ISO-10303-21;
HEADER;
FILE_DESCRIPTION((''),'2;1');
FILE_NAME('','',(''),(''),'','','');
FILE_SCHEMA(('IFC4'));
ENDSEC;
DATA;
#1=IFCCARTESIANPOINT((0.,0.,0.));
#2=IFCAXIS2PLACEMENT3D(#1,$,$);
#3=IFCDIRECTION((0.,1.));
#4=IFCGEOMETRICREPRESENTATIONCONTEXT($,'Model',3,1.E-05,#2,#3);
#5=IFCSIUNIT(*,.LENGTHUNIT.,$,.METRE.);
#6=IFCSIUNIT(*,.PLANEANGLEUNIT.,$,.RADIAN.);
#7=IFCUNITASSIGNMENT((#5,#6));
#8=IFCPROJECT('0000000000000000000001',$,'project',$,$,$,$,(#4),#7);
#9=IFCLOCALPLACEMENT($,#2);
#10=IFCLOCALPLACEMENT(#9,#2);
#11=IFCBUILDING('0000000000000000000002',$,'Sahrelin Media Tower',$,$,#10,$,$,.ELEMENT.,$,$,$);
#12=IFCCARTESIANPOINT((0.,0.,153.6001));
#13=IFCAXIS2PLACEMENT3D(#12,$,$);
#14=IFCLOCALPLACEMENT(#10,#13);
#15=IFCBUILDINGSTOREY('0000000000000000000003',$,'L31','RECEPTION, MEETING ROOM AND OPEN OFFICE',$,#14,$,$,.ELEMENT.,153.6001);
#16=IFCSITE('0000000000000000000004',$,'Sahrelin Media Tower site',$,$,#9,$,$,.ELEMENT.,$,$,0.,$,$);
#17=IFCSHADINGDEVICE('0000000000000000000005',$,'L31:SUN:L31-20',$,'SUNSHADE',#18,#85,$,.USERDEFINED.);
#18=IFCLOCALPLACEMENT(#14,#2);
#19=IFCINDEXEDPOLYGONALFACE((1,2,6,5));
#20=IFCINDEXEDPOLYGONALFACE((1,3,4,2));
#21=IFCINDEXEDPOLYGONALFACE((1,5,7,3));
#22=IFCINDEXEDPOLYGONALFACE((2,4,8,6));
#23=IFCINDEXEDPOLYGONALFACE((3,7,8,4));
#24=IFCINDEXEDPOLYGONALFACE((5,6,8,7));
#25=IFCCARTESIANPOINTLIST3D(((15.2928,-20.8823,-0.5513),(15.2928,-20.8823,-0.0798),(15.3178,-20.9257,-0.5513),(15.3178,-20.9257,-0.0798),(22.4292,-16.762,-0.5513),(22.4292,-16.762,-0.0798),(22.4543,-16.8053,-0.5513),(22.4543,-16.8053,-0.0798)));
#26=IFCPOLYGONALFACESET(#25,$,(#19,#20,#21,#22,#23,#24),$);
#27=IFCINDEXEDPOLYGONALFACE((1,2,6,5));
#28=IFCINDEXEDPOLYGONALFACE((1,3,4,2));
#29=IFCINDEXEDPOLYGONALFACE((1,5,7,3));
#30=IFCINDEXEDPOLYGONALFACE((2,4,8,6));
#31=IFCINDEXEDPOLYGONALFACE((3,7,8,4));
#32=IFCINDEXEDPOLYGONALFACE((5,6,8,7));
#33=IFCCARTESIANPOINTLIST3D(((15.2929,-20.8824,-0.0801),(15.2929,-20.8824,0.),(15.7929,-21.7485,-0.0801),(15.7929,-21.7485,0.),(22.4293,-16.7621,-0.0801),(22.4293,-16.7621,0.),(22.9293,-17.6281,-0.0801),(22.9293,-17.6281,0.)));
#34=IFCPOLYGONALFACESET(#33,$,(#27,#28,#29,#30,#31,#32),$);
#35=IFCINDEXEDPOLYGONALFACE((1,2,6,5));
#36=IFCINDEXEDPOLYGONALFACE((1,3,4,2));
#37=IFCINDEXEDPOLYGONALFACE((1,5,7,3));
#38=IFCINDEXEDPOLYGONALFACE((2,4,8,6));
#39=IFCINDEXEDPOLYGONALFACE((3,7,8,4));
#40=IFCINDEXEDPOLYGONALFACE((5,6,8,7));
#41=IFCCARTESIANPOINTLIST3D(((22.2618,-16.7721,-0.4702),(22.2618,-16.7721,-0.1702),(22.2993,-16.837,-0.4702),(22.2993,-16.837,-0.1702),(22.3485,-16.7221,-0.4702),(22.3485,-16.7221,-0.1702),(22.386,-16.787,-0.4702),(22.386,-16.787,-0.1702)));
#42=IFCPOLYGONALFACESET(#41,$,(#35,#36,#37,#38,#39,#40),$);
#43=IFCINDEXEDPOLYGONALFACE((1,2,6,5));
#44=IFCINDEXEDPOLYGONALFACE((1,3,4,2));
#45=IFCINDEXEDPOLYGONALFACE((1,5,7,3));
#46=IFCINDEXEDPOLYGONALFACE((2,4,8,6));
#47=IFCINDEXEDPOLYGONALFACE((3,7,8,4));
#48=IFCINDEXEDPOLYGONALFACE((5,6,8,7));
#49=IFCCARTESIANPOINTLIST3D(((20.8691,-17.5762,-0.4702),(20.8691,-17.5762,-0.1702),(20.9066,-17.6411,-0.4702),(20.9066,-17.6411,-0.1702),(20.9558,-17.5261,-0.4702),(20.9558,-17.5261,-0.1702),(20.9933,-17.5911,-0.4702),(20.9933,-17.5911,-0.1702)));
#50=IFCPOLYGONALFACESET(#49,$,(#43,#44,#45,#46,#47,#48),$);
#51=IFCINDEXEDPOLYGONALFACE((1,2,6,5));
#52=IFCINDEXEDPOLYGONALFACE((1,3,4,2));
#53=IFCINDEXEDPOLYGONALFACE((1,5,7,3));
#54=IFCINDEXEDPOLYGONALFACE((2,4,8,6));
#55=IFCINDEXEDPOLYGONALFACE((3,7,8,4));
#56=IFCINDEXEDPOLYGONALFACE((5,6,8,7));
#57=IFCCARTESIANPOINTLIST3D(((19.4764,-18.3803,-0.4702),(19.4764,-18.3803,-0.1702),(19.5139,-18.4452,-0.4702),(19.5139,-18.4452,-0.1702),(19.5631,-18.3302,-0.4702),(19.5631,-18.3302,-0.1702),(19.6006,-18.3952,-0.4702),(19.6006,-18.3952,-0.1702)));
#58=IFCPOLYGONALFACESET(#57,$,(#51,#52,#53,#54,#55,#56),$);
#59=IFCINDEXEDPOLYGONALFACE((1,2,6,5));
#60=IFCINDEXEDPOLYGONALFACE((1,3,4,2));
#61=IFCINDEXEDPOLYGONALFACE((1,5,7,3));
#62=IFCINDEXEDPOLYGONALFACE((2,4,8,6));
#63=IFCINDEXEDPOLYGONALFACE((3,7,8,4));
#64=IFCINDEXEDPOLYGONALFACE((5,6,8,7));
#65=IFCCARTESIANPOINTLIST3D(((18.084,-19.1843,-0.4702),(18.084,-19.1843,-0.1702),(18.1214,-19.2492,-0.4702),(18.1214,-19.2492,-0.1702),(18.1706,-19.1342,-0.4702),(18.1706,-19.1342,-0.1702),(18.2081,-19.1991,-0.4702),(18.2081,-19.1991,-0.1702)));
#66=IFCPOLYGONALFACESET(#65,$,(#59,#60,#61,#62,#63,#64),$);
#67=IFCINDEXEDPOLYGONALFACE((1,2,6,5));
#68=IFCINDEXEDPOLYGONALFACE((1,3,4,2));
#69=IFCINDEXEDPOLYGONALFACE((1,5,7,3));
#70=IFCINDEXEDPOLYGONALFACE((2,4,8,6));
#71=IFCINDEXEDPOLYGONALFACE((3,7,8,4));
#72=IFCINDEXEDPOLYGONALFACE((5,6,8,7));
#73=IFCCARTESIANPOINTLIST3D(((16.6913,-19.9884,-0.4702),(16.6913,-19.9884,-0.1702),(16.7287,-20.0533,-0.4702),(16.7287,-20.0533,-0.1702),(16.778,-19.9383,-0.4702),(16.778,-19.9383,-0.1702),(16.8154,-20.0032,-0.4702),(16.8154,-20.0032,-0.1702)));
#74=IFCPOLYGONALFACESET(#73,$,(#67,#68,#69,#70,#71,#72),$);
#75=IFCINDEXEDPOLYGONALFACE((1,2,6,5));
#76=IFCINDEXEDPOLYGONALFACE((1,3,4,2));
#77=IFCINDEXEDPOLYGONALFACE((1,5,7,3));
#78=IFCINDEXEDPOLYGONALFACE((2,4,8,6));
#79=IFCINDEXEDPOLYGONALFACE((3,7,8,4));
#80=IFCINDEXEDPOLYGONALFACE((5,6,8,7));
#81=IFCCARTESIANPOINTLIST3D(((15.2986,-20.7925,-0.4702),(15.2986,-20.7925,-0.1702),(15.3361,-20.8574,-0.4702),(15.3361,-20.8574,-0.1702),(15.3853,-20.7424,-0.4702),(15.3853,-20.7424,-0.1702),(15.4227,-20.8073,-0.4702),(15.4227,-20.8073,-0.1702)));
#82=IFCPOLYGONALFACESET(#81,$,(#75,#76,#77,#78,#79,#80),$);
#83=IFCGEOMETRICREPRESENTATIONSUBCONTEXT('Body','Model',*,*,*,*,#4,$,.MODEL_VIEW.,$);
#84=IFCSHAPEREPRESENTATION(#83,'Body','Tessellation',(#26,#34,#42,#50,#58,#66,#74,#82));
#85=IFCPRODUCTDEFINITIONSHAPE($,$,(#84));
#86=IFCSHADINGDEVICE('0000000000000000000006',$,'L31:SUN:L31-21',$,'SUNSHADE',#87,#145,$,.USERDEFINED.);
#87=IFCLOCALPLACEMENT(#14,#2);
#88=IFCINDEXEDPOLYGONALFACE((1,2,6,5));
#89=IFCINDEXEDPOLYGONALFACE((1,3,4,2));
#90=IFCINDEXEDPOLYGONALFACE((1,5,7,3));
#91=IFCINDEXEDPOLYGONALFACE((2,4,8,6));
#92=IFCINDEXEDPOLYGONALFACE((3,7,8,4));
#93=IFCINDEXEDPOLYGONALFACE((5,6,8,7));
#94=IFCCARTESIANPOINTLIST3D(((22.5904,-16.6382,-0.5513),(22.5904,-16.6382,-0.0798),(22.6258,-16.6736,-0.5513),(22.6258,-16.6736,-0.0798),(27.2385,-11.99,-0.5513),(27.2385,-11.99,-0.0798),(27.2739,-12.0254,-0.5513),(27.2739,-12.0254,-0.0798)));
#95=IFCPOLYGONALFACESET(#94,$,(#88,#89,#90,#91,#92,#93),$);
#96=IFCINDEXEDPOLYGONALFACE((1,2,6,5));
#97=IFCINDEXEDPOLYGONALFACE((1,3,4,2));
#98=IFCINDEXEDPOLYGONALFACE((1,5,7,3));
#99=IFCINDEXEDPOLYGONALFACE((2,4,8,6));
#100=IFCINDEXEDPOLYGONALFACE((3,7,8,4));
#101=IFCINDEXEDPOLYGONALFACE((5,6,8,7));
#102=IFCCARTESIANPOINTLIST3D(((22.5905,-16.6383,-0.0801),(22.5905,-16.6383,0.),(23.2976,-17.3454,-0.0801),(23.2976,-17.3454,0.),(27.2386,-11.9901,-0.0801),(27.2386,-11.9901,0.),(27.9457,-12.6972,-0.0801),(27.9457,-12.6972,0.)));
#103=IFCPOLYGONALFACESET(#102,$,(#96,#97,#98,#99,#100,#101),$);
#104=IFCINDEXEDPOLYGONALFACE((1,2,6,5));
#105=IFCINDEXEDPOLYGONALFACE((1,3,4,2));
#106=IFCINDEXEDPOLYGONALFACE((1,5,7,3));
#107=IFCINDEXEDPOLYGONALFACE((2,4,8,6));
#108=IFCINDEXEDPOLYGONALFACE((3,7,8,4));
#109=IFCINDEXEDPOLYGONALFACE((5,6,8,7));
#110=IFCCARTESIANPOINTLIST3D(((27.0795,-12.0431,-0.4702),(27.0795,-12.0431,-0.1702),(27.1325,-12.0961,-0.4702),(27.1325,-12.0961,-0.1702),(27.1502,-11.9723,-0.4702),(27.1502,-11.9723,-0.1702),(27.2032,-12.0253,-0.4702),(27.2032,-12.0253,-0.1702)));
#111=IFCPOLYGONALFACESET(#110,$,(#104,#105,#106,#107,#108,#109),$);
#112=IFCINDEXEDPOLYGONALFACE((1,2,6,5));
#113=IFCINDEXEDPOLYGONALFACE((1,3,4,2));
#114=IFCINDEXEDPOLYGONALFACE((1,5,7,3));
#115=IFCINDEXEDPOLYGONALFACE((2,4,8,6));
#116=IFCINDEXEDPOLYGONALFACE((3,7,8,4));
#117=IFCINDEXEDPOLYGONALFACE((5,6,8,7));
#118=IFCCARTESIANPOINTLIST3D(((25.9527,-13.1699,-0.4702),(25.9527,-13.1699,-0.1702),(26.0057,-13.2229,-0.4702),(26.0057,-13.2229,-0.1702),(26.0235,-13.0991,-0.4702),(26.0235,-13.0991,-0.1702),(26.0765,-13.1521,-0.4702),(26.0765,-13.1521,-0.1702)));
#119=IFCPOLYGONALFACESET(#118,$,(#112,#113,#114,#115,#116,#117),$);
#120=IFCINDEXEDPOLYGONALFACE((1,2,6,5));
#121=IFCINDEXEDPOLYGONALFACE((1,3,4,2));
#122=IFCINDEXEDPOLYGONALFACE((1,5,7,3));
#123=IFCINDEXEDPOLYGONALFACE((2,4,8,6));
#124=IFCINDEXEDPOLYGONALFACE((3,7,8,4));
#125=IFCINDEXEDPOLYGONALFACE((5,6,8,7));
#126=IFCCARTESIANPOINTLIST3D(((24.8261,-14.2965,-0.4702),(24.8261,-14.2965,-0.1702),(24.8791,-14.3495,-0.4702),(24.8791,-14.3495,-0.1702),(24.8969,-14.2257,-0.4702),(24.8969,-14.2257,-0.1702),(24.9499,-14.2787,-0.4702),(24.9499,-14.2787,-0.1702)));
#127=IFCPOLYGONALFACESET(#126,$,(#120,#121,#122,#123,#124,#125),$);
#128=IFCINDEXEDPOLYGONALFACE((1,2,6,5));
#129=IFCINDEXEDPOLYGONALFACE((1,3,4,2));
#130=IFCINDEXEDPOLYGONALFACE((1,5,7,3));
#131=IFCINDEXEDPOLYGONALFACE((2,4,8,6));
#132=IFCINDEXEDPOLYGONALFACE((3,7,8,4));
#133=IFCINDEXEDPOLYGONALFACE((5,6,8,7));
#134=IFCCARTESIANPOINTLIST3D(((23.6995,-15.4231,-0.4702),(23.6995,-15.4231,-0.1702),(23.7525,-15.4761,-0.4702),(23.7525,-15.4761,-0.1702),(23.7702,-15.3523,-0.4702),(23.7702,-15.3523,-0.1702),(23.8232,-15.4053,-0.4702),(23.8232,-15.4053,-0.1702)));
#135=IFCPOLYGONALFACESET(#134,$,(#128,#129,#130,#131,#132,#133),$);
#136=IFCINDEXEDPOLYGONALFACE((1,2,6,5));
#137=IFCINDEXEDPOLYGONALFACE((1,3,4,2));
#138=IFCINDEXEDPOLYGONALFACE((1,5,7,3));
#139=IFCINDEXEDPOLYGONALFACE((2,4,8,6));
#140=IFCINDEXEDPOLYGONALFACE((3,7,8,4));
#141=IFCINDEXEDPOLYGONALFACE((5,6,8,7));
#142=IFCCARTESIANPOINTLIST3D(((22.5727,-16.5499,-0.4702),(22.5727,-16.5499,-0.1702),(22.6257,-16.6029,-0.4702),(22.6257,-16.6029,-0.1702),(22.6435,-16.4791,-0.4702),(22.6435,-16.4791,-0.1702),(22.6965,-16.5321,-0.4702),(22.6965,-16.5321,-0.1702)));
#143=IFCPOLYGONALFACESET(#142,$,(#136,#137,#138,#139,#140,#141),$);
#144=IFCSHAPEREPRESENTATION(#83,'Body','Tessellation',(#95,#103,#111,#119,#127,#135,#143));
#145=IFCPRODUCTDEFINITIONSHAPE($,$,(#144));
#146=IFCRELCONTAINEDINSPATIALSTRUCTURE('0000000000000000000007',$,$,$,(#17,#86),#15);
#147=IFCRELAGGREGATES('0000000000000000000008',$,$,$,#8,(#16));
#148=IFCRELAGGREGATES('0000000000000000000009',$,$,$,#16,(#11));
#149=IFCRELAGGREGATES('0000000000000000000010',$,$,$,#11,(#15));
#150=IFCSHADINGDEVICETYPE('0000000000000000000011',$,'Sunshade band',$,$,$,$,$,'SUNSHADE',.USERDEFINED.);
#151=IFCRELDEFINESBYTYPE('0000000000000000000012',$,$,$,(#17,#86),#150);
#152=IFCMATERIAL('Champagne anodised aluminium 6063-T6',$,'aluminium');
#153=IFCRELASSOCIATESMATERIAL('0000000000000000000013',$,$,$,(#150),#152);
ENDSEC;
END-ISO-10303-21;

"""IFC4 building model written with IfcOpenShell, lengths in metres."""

from ifc_helpers import new_model, si_unit, direction, frame, origin, origin_2d, place, context, subcontext, project, spatial, rectangle, extrude, material, type_object, element, save


model = new_model("IFC4")

# Units and contexts
model_context = context("Model", 3, precision=1e-05, world=origin(), true_north=direction((0.0, 1.0)))
body_context = subcontext(model_context, "Body", "Model", "MODEL_VIEW")
ifc_project = project(units=[si_unit("LENGTHUNIT", "METRE"), si_unit("PLANEANGLEUNIT", "RADIAN")], contexts=[model_context])

# Site, building, storey
site_placement = place(None, origin())
site = spatial("IfcSite", under=ifc_project, at=site_placement, Name="Sahrelin Media Tower site", CompositionType="ELEMENT", RefElevation=0.0)
building_placement = place(site_placement, origin())
building = spatial("IfcBuilding", under=site, at=building_placement, Name="Sahrelin Media Tower", CompositionType="ELEMENT")
storey_placement = place(building_placement, frame((0.0, 0.0, 153.6001)))
storey = spatial("IfcBuildingStorey", under=building, at=storey_placement, Name="L31", Description="RECEPTION, MEETING ROOM AND OPEN OFFICE", CompositionType="ELEMENT", Elevation=153.6001)

# Shared definitions
ifc_material_1 = material(Name="Champagne anodised aluminium 6063-T6", Category="aluminium")

# Shading devices
placement_1 = place(storey_placement, frame((18.8511, -18.8049, 0.0), z_axis=(0.0, 0.0, 1.0), x_axis=(-0.866019, -0.500011, 0.0)))
placement_2 = place(storey_placement, frame((24.9004, -14.3, 0.0), z_axis=(0.0, 0.0, 1.0), x_axis=(-0.707107, -0.707107, 0.0)))
shading_device_type_1 = type_object("IfcShadingDeviceType", Name="Sunshade band", ElementType="SUNSHADE", PredefinedType="USERDEFINED", material=ifc_material_1)
element("IfcShadingDevice", 1, at=placement_1, inside=storey, type_object=shading_device_type_1, Name="L31:SUN:L31-20", ObjectType="SUNSHADE", PredefinedType="USERDEFINED", context=body_context, shape_type="SweptSolid", body=[
    extrude(rectangle(XDim=8.2405, YDim=0.05, at=origin_2d()), frame((0.0, 0.0449, -0.5513)), (0.0, 0.0, 1.0), 0.4714),
    extrude(rectangle(XDim=8.2405, YDim=1.0, at=origin_2d()), frame((0.0, 0.52, -0.0801)), (0.0, 0.0, 1.0), 0.0801),
    extrude(rectangle(XDim=0.1001, YDim=0.075, at=origin_2d()), frame((-4.0203, -0.0176, -0.4702)), (0.0, 0.0, 1.0), 0.3),
    extrude(rectangle(XDim=0.1001, YDim=0.075, at=origin_2d()), frame((-2.4121, -0.0176, -0.4702)), (0.0, 0.0, 1.0), 0.3),
    extrude(rectangle(XDim=0.1001, YDim=0.075, at=origin_2d()), frame((-0.804, -0.0176, -0.4702)), (0.0, 0.0, 1.0), 0.3),
    extrude(rectangle(XDim=0.1001, YDim=0.075, at=origin_2d()), frame((0.804, -0.0176, -0.4702)), (0.0, 0.0, 1.0), 0.3),
    extrude(rectangle(XDim=0.1001, YDim=0.075, at=origin_2d()), frame((2.4121, -0.0176, -0.4702)), (0.0, 0.0, 1.0), 0.3),
    extrude(rectangle(XDim=0.1001, YDim=0.075, at=origin_2d()), frame((4.0203, -0.0176, -0.4702)), (0.0, 0.0, 1.0), 0.3),
])
element("IfcShadingDevice", 2, at=placement_2, inside=storey, type_object=shading_device_type_1, Name="L31:SUN:L31-21", ObjectType="SUNSHADE", PredefinedType="USERDEFINED", context=body_context, shape_type="SweptSolid", body=[
    extrude(rectangle(XDim=6.5735, YDim=0.05, at=origin_2d()), frame((0.0, 0.0449, -0.5513)), (0.0, 0.0, 1.0), 0.4714),
    extrude(rectangle(XDim=6.5735, YDim=1.0, at=origin_2d()), frame((0.0, 0.52, -0.0801)), (0.0, 0.0, 1.0), 0.0801),
    extrude(rectangle(XDim=0.1001, YDim=0.075, at=origin_2d()), frame((-3.1868, -0.0176, -0.4702)), (0.0, 0.0, 1.0), 0.3),
    extrude(rectangle(XDim=0.1001, YDim=0.075, at=origin_2d()), frame((-1.5933, -0.0176, -0.4702)), (0.0, 0.0, 1.0), 0.3),
    extrude(rectangle(XDim=0.1001, YDim=0.075, at=origin_2d()), frame((0.0, -0.0176, -0.4702)), (0.0, 0.0, 1.0), 0.3),
    extrude(rectangle(XDim=0.1001, YDim=0.075, at=origin_2d()), frame((1.5933, -0.0176, -0.4702)), (0.0, 0.0, 1.0), 0.3),
    extrude(rectangle(XDim=0.1001, YDim=0.075, at=origin_2d()), frame((3.1868, -0.0176, -0.4702)), (0.0, 0.0, 1.0), 0.3),
])

save(model, "model.ifc")
